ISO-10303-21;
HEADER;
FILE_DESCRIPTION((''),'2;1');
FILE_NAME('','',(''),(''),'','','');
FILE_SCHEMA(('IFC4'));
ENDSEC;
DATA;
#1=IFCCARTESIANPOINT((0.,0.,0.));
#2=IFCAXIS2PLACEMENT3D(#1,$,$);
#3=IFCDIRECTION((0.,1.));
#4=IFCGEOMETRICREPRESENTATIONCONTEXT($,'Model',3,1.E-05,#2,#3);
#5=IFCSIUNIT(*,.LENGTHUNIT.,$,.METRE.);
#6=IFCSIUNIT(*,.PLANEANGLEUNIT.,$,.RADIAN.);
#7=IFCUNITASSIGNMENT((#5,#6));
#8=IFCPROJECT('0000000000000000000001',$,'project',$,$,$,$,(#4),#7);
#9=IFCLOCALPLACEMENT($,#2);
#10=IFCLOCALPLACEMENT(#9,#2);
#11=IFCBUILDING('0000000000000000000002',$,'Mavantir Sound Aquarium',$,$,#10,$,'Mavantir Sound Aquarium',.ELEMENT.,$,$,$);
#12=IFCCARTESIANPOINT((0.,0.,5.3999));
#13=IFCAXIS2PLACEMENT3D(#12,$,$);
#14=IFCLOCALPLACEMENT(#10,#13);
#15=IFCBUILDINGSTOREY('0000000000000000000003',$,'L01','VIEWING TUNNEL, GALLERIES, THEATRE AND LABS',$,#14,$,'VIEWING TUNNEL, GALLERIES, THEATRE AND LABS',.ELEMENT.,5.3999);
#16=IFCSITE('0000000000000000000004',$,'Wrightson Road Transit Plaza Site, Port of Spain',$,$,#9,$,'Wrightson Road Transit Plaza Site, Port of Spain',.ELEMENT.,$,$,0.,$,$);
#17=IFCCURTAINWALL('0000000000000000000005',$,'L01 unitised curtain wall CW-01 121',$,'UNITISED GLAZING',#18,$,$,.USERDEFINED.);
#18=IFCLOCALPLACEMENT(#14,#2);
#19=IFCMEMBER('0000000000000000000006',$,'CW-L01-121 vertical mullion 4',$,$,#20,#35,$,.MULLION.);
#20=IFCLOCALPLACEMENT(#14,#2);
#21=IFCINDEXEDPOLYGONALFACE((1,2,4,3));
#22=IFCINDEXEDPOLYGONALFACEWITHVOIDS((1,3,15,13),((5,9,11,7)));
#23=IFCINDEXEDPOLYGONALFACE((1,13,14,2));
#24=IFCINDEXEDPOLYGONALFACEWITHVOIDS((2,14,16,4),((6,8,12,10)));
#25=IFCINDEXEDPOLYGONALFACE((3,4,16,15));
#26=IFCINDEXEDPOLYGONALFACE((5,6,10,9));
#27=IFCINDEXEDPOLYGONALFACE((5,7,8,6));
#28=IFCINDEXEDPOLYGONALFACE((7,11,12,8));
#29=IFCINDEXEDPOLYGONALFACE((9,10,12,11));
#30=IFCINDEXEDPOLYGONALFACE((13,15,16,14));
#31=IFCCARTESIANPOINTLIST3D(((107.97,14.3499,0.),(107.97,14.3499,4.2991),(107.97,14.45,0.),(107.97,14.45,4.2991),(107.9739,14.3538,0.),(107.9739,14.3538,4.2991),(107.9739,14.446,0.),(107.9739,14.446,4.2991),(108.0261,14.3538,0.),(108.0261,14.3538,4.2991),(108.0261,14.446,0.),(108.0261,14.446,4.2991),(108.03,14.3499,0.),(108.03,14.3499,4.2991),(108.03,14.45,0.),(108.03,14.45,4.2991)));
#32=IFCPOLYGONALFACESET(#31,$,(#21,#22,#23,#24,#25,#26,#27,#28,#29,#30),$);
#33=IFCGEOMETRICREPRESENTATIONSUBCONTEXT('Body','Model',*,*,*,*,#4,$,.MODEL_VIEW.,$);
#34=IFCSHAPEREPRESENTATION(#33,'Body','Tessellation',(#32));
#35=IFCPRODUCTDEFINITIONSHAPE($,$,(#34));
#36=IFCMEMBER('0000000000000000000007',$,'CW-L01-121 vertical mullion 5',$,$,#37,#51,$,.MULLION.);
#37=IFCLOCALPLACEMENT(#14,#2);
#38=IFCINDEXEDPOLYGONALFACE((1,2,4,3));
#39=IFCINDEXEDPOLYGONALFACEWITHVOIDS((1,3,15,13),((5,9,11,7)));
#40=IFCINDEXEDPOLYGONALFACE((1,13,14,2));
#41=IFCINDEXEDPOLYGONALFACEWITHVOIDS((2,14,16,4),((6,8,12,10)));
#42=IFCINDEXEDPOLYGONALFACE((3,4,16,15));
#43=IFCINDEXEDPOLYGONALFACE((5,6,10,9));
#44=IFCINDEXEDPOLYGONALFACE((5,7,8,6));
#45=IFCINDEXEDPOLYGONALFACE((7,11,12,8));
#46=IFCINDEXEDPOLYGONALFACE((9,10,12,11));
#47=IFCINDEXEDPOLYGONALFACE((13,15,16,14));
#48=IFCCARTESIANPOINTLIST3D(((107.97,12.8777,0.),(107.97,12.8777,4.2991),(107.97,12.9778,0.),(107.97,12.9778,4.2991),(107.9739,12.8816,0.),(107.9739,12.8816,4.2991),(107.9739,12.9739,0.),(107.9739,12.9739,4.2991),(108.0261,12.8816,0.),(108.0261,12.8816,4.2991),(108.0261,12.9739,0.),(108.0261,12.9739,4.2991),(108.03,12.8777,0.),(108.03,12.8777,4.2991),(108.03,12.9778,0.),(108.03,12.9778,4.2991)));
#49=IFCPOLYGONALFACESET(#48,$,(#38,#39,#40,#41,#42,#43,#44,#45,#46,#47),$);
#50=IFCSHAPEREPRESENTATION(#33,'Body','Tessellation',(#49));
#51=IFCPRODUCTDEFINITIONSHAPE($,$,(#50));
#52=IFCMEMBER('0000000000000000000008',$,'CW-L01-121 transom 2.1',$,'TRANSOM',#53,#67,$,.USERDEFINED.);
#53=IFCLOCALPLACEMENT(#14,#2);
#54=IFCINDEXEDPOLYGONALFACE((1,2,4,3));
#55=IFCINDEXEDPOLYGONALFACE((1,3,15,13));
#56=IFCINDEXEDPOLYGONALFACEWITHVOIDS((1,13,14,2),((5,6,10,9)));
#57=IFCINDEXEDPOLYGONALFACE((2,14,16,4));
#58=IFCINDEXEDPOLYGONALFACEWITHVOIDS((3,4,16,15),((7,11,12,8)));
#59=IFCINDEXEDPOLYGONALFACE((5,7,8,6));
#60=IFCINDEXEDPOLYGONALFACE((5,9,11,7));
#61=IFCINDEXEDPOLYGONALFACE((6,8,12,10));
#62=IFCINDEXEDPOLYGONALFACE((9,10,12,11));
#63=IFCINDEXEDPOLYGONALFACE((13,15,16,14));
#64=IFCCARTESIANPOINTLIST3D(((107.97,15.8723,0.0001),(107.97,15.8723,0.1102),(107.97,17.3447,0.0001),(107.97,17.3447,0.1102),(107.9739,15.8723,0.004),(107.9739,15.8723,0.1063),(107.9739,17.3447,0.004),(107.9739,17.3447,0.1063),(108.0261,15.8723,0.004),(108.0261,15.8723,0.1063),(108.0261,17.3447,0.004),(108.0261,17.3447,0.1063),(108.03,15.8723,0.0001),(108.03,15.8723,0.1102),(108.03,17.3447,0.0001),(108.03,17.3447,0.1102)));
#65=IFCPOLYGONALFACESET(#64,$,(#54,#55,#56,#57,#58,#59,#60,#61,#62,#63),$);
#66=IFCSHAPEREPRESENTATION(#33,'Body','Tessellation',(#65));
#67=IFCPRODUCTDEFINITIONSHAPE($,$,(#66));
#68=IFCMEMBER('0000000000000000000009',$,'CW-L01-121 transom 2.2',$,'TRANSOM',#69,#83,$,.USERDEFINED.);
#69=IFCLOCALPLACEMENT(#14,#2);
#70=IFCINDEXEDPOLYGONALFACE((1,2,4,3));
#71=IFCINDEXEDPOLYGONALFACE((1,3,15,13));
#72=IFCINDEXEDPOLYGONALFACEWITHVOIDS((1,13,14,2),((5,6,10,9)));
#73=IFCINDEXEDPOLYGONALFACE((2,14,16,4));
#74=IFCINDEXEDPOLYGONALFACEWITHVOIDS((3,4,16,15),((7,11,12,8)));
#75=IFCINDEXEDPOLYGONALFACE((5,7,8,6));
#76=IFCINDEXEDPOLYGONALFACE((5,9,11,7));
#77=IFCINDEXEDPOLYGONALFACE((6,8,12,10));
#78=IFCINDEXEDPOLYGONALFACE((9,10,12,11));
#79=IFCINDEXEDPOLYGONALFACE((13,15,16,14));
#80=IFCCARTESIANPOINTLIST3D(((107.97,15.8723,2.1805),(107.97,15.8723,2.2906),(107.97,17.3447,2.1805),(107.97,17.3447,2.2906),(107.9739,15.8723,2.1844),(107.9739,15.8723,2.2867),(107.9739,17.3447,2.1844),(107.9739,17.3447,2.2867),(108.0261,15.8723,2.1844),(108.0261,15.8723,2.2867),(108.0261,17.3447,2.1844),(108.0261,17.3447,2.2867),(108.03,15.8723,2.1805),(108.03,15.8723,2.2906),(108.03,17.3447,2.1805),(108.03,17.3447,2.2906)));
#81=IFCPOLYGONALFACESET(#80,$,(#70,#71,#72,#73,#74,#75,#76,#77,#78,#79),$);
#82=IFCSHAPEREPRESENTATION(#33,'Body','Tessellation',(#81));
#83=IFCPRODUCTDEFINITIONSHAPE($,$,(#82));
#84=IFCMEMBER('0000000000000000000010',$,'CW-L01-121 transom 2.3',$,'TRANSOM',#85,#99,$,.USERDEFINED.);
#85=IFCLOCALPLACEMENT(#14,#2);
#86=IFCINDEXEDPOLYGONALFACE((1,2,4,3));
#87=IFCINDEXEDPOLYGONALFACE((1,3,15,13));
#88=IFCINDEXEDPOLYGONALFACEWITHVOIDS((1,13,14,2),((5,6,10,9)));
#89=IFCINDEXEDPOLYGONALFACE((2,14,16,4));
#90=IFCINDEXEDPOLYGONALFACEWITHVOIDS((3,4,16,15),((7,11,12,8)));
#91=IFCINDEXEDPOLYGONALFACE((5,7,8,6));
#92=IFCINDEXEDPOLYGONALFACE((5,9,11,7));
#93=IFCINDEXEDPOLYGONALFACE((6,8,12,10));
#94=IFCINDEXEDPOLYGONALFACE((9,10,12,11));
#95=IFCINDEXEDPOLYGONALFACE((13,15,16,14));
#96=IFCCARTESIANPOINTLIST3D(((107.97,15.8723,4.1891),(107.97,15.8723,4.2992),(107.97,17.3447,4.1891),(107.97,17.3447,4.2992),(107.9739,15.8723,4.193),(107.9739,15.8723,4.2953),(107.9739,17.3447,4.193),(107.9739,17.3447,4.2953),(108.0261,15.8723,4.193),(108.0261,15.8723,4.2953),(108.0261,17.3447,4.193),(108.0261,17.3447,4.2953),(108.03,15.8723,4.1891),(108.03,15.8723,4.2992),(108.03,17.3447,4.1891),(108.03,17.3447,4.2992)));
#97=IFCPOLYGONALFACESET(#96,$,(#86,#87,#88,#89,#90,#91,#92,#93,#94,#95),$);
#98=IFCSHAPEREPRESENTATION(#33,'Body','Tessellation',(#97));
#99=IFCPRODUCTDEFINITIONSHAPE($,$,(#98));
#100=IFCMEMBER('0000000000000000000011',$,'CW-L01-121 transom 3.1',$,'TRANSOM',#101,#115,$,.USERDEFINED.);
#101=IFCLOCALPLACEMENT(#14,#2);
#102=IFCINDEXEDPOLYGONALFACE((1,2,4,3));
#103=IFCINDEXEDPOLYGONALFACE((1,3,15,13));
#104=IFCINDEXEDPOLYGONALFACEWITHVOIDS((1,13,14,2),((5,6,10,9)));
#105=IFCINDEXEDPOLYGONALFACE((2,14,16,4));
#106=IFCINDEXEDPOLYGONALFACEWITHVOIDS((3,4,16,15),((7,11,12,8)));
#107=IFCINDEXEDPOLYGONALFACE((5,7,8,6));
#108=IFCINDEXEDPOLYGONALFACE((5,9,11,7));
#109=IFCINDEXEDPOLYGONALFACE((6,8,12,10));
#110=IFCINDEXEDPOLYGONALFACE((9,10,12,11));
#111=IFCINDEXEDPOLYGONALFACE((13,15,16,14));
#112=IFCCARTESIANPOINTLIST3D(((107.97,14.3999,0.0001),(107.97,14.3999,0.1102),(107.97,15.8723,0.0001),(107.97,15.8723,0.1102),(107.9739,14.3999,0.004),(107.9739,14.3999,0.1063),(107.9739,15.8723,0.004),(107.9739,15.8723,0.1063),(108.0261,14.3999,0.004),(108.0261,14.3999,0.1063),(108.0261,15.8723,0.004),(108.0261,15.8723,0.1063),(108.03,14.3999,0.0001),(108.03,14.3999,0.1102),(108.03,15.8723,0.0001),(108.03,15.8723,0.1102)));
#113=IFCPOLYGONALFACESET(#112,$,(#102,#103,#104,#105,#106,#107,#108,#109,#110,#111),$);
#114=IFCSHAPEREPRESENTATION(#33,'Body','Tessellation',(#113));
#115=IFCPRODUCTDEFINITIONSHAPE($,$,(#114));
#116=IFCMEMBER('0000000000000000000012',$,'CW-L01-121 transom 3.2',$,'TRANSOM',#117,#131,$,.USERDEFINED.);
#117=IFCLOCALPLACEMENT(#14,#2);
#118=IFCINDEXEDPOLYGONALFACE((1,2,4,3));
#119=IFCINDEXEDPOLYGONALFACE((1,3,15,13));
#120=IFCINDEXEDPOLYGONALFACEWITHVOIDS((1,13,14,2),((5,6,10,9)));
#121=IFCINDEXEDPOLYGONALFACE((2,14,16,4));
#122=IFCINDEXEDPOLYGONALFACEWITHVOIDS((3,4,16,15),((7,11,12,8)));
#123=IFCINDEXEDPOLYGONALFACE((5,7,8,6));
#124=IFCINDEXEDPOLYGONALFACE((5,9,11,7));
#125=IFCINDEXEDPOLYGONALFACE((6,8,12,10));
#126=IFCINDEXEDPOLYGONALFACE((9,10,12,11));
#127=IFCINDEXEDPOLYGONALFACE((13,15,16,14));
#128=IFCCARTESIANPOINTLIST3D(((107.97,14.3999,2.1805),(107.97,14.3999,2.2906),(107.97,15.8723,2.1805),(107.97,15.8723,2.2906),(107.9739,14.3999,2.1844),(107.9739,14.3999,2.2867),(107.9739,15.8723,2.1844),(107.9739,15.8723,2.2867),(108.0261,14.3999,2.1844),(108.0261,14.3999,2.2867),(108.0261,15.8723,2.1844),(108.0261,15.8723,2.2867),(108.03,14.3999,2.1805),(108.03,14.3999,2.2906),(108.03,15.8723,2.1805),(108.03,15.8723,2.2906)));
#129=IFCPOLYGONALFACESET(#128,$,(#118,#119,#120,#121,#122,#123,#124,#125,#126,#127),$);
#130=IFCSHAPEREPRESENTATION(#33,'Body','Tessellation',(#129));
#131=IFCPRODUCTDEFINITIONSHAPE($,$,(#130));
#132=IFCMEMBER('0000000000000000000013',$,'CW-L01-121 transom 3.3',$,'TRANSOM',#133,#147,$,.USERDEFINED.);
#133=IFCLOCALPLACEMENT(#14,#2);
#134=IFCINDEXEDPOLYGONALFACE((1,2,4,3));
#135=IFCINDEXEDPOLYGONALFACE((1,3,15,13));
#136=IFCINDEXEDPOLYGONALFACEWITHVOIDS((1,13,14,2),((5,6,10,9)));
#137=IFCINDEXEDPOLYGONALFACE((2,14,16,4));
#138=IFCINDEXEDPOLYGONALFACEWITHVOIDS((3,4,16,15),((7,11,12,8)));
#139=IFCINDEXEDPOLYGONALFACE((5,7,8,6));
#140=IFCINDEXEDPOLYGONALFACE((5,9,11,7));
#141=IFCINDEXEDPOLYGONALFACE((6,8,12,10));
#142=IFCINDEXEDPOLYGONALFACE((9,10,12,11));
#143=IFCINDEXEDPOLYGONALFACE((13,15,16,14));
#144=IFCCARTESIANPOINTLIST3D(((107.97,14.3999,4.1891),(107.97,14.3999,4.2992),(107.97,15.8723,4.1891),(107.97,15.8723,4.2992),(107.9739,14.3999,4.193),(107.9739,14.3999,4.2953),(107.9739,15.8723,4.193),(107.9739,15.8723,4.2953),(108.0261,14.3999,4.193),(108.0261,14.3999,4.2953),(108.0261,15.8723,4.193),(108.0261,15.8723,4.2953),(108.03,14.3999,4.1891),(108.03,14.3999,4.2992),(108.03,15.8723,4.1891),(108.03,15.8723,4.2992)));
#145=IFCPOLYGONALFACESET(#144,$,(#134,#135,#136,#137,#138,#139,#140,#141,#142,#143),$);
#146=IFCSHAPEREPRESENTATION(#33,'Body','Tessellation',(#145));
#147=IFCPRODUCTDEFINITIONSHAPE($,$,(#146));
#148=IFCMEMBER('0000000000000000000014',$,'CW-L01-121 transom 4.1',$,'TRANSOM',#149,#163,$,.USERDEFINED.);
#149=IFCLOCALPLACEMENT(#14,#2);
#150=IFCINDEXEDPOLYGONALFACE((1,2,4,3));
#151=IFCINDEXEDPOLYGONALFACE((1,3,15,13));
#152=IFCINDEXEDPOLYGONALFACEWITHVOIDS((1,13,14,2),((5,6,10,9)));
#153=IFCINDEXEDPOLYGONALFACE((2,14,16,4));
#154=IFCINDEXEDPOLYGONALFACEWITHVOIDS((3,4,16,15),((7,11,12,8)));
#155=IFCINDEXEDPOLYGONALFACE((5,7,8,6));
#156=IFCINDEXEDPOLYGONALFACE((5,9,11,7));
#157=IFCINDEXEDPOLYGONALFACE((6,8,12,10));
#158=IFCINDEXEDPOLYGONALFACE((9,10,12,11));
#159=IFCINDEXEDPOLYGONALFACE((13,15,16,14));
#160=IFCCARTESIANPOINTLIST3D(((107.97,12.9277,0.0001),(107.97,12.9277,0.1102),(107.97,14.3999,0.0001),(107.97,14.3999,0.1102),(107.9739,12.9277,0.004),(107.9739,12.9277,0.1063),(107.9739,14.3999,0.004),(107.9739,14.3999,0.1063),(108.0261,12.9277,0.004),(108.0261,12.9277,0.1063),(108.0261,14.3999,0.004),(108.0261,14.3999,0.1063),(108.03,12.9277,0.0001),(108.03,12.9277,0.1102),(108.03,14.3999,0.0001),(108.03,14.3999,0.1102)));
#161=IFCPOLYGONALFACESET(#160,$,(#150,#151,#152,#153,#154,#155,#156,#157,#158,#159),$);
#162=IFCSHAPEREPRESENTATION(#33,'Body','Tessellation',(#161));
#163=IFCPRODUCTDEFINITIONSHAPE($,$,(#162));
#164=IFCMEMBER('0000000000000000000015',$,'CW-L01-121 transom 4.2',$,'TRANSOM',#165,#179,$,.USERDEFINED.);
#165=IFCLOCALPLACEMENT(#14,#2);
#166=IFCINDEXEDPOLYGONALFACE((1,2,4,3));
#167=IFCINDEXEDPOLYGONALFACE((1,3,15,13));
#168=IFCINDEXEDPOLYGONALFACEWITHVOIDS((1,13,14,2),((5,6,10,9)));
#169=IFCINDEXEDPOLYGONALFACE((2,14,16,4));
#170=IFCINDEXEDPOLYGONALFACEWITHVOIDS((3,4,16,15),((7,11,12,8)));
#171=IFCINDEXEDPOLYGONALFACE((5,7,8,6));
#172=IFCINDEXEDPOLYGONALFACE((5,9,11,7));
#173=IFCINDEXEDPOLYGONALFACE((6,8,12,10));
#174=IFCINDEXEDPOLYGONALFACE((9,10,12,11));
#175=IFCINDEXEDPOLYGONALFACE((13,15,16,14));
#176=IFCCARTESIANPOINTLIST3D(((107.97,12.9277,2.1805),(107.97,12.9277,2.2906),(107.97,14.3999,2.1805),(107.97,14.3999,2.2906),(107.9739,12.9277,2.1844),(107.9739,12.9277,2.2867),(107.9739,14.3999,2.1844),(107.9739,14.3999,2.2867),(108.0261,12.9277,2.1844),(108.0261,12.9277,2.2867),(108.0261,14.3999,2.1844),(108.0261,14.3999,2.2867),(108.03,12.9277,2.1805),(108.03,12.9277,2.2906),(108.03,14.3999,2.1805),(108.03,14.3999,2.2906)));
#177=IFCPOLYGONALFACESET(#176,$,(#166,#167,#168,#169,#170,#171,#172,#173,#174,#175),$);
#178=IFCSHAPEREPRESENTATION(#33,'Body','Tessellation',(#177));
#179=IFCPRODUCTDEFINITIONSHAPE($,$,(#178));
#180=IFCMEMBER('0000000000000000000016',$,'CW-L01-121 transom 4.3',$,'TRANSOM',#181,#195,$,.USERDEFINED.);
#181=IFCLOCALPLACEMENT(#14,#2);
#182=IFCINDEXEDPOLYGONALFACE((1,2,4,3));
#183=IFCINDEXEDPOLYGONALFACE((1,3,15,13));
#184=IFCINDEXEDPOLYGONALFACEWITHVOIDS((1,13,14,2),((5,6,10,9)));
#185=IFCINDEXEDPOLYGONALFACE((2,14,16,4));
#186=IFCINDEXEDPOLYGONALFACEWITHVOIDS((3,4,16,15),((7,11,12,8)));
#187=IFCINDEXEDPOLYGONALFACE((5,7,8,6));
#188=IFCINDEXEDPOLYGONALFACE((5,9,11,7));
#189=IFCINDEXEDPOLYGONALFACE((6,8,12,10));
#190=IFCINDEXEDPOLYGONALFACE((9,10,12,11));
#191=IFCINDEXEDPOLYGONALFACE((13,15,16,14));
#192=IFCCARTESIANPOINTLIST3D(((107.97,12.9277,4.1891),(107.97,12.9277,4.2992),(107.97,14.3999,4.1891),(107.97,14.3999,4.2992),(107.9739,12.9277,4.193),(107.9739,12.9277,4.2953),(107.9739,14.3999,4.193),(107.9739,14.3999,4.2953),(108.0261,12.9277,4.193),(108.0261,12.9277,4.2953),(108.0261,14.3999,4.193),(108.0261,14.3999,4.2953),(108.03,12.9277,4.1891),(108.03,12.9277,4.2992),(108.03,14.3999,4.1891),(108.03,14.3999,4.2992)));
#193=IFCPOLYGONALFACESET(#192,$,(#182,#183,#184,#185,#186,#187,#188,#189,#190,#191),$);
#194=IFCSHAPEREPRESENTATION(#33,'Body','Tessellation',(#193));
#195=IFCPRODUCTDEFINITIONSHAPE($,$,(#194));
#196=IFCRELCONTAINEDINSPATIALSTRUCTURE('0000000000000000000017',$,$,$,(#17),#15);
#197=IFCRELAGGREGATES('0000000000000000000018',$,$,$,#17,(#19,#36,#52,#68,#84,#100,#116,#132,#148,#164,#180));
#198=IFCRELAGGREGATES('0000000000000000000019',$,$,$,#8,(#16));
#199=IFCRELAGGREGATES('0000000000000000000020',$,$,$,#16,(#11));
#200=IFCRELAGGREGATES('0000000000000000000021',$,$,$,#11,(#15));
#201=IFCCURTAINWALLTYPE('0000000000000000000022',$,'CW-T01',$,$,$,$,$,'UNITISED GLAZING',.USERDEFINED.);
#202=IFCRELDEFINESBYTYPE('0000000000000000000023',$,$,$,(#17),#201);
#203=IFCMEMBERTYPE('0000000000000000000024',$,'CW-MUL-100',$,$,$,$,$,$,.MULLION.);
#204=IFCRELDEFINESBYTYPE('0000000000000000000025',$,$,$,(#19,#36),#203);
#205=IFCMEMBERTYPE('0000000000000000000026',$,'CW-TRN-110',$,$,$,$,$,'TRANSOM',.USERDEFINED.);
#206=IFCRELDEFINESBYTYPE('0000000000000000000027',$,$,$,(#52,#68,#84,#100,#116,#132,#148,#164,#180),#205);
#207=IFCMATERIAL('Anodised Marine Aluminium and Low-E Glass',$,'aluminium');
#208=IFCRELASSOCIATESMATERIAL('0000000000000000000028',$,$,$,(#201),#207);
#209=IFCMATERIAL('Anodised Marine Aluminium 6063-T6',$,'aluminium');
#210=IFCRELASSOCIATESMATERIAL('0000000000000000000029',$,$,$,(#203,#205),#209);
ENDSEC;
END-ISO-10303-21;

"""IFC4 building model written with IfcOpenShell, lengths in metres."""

from ifc_helpers import new_model, si_unit, direction, frame, origin, origin_2d, place, context, subcontext, project, spatial, hollow_rectangle, extrude, material, material_profile, profile_set, type_object, element, aggregate, save


model = new_model("IFC4")

# Units and contexts
model_context = context("Model", 3, precision=1e-05, world=origin(), true_north=direction((0.0, 1.0)))
body_context = subcontext(model_context, "Body", "Model", "MODEL_VIEW")
ifc_project = project(units=[si_unit("LENGTHUNIT", "METRE"), si_unit("PLANEANGLEUNIT", "RADIAN")], contexts=[model_context])

# Site, building, storey
site_placement = place(None, origin())
site = spatial("IfcSite", under=ifc_project, at=site_placement, Name="Wrightson Road Transit Plaza Site, Port of Spain", LongName="Wrightson Road Transit Plaza Site, Port of Spain", CompositionType="ELEMENT", RefElevation=0.0)
building_placement = place(site_placement, origin())
building = spatial("IfcBuilding", under=site, at=building_placement, Name="Mavantir Sound Aquarium", LongName="Mavantir Sound Aquarium", CompositionType="ELEMENT")
storey_placement = place(building_placement, frame((0.0, 0.0, 5.3999)))
storey = spatial("IfcBuildingStorey", under=building, at=storey_placement, Name="L01", Description="VIEWING TUNNEL, GALLERIES, THEATRE AND LABS", LongName="VIEWING TUNNEL, GALLERIES, THEATRE AND LABS", CompositionType="ELEMENT", Elevation=5.3999)

# Curtain wall, members
ifc_material_1 = material(Name="Anodised Marine Aluminium and Low-E Glass", Category="aluminium")
curtain_wall_type = type_object("IfcCurtainWallType", Name="CW-T01", ElementType="UNITISED GLAZING", PredefinedType="USERDEFINED", material=ifc_material_1)
curtain_wall_placement = place(storey_placement, origin())
curtain_wall = element("IfcCurtainWall", 1, at=curtain_wall_placement, inside=storey, type_object=curtain_wall_type, Name="L01 unitised curtain wall CW-01 121", ObjectType="UNITISED GLAZING", PredefinedType="USERDEFINED")
ifc_material_2 = material(Name="Anodised Marine Aluminium 6063-T6", Category="aluminium")
ifc_material_profile_1 = material_profile(ifc_material_2, hollow_rectangle(XDim=0.0601, YDim=0.1001, WallThickness=0.0039, at=origin_2d()), Name="ALU-MULLION-100X60")
ifc_profile_set_1 = profile_set([ifc_material_profile_1], Name="Anodised Marine Aluminium 6063-T6")
member_type_1 = type_object("IfcMemberType", Name="CW-MUL-100", PredefinedType="MULLION", material=ifc_profile_set_1)
member_1_placement = place(storey_placement, frame((108.0, 14.3999, 0.0), z_axis=(0.0, 0.0, 1.0), x_axis=(1.0, 0.0, 0.0)))
member_1 = element("IfcMember", 2, at=member_1_placement, type_object=member_type_1, Name="CW-L01-121 vertical mullion 4", PredefinedType="MULLION", context=body_context, shape_type="SweptSolid", body=[
    extrude(hollow_rectangle(XDim=0.0601, YDim=0.1001, WallThickness=0.0039, at=origin_2d()), origin(), (0.0, 0.0, 1.0), 4.2991),
])
member_2_placement = place(storey_placement, frame((108.0, 12.9277, 0.0), z_axis=(0.0, 0.0, 1.0), x_axis=(1.0, 0.0, 0.0)))
member_2 = element("IfcMember", 3, at=member_2_placement, type_object=member_type_1, Name="CW-L01-121 vertical mullion 5", PredefinedType="MULLION", context=body_context, shape_type="SweptSolid", body=[
    extrude(hollow_rectangle(XDim=0.0601, YDim=0.1001, WallThickness=0.0039, at=origin_2d()), origin(), (0.0, 0.0, 1.0), 4.2991),
])
ifc_material_profile_2 = material_profile(ifc_material_2, hollow_rectangle(XDim=0.0601, YDim=0.1101, WallThickness=0.0039, at=origin_2d()), Name="ALU-TRANSOM-110X60")
ifc_profile_set_2 = profile_set([ifc_material_profile_2], Name="Anodised Marine Aluminium 6063-T6")
member_type_2 = type_object("IfcMemberType", Name="CW-TRN-110", ElementType="TRANSOM", PredefinedType="USERDEFINED", material=ifc_profile_set_2)
member_3_placement = place(storey_placement, frame((108.0, 17.3447, 0.0552), z_axis=(0.0, -1.0, 0.0), x_axis=(1.0, 0.0, 0.0)))
member_3 = element("IfcMember", 4, at=member_3_placement, type_object=member_type_2, Name="CW-L01-121 transom 2.1", ObjectType="TRANSOM", PredefinedType="USERDEFINED", context=body_context, shape_type="SweptSolid", body=[
    extrude(hollow_rectangle(XDim=0.0601, YDim=0.1101, WallThickness=0.0039, at=origin_2d()), origin(), (0.0, 0.0, 1.0), 1.4724),
])
member_4_placement = place(storey_placement, frame((108.0, 17.3447, 2.2356), z_axis=(0.0, -1.0, 0.0), x_axis=(1.0, 0.0, 0.0)))
member_4 = element("IfcMember", 5, at=member_4_placement, type_object=member_type_2, Name="CW-L01-121 transom 2.2", ObjectType="TRANSOM", PredefinedType="USERDEFINED", context=body_context, shape_type="SweptSolid", body=[
    extrude(hollow_rectangle(XDim=0.0601, YDim=0.1101, WallThickness=0.0039, at=origin_2d()), origin(), (0.0, 0.0, 1.0), 1.4724),
])
member_5_placement = place(storey_placement, frame((108.0, 17.3447, 4.2441), z_axis=(0.0, -1.0, 0.0), x_axis=(1.0, 0.0, 0.0)))
member_5 = element("IfcMember", 6, at=member_5_placement, type_object=member_type_2, Name="CW-L01-121 transom 2.3", ObjectType="TRANSOM", PredefinedType="USERDEFINED", context=body_context, shape_type="SweptSolid", body=[
    extrude(hollow_rectangle(XDim=0.0601, YDim=0.1101, WallThickness=0.0039, at=origin_2d()), origin(), (0.0, 0.0, 1.0), 1.4724),
])
member_6_placement = place(storey_placement, frame((108.0, 15.8723, 0.0552), z_axis=(0.0, -1.0, 0.0), x_axis=(1.0, 0.0, 0.0)))
member_6 = element("IfcMember", 7, at=member_6_placement, type_object=member_type_2, Name="CW-L01-121 transom 3.1", ObjectType="TRANSOM", PredefinedType="USERDEFINED", context=body_context, shape_type="SweptSolid", body=[
    extrude(hollow_rectangle(XDim=0.0601, YDim=0.1101, WallThickness=0.0039, at=origin_2d()), origin(), (0.0, 0.0, 1.0), 1.4724),
])
member_7_placement = place(storey_placement, frame((108.0, 15.8723, 2.2356), z_axis=(0.0, -1.0, 0.0), x_axis=(1.0, 0.0, 0.0)))
member_7 = element("IfcMember", 8, at=member_7_placement, type_object=member_type_2, Name="CW-L01-121 transom 3.2", ObjectType="TRANSOM", PredefinedType="USERDEFINED", context=body_context, shape_type="SweptSolid", body=[
    extrude(hollow_rectangle(XDim=0.0601, YDim=0.1101, WallThickness=0.0039, at=origin_2d()), origin(), (0.0, 0.0, 1.0), 1.4724),
])
member_8_placement = place(storey_placement, frame((108.0, 15.8723, 4.2441), z_axis=(0.0, -1.0, 0.0), x_axis=(1.0, 0.0, 0.0)))
member_8 = element("IfcMember", 9, at=member_8_placement, type_object=member_type_2, Name="CW-L01-121 transom 3.3", ObjectType="TRANSOM", PredefinedType="USERDEFINED", context=body_context, shape_type="SweptSolid", body=[
    extrude(hollow_rectangle(XDim=0.0601, YDim=0.1101, WallThickness=0.0039, at=origin_2d()), origin(), (0.0, 0.0, 1.0), 1.4724),
])
member_9_placement = place(storey_placement, frame((108.0, 14.3999, 0.0552), z_axis=(0.0, -1.0, 0.0), x_axis=(1.0, 0.0, 0.0)))
member_9 = element("IfcMember", 10, at=member_9_placement, type_object=member_type_2, Name="CW-L01-121 transom 4.1", ObjectType="TRANSOM", PredefinedType="USERDEFINED", context=body_context, shape_type="SweptSolid", body=[
    extrude(hollow_rectangle(XDim=0.0601, YDim=0.1101, WallThickness=0.0039, at=origin_2d()), origin(), (0.0, 0.0, 1.0), 1.4722),
])
member_10_placement = place(storey_placement, frame((108.0, 14.3999, 2.2356), z_axis=(0.0, -1.0, 0.0), x_axis=(1.0, 0.0, 0.0)))
member_10 = element("IfcMember", 11, at=member_10_placement, type_object=member_type_2, Name="CW-L01-121 transom 4.2", ObjectType="TRANSOM", PredefinedType="USERDEFINED", context=body_context, shape_type="SweptSolid", body=[
    extrude(hollow_rectangle(XDim=0.0601, YDim=0.1101, WallThickness=0.0039, at=origin_2d()), origin(), (0.0, 0.0, 1.0), 1.4722),
])
member_11_placement = place(storey_placement, frame((108.0, 14.3999, 4.2441), z_axis=(0.0, -1.0, 0.0), x_axis=(1.0, 0.0, 0.0)))
member_11 = element("IfcMember", 12, at=member_11_placement, type_object=member_type_2, Name="CW-L01-121 transom 4.3", ObjectType="TRANSOM", PredefinedType="USERDEFINED", context=body_context, shape_type="SweptSolid", body=[
    extrude(hollow_rectangle(XDim=0.0601, YDim=0.1101, WallThickness=0.0039, at=origin_2d()), origin(), (0.0, 0.0, 1.0), 1.4722),
])
aggregate(curtain_wall, [member_1, member_2, member_3, member_4, member_5, member_6, member_7, member_8, member_9, member_10, member_11])

save(model, "model.ifc")
